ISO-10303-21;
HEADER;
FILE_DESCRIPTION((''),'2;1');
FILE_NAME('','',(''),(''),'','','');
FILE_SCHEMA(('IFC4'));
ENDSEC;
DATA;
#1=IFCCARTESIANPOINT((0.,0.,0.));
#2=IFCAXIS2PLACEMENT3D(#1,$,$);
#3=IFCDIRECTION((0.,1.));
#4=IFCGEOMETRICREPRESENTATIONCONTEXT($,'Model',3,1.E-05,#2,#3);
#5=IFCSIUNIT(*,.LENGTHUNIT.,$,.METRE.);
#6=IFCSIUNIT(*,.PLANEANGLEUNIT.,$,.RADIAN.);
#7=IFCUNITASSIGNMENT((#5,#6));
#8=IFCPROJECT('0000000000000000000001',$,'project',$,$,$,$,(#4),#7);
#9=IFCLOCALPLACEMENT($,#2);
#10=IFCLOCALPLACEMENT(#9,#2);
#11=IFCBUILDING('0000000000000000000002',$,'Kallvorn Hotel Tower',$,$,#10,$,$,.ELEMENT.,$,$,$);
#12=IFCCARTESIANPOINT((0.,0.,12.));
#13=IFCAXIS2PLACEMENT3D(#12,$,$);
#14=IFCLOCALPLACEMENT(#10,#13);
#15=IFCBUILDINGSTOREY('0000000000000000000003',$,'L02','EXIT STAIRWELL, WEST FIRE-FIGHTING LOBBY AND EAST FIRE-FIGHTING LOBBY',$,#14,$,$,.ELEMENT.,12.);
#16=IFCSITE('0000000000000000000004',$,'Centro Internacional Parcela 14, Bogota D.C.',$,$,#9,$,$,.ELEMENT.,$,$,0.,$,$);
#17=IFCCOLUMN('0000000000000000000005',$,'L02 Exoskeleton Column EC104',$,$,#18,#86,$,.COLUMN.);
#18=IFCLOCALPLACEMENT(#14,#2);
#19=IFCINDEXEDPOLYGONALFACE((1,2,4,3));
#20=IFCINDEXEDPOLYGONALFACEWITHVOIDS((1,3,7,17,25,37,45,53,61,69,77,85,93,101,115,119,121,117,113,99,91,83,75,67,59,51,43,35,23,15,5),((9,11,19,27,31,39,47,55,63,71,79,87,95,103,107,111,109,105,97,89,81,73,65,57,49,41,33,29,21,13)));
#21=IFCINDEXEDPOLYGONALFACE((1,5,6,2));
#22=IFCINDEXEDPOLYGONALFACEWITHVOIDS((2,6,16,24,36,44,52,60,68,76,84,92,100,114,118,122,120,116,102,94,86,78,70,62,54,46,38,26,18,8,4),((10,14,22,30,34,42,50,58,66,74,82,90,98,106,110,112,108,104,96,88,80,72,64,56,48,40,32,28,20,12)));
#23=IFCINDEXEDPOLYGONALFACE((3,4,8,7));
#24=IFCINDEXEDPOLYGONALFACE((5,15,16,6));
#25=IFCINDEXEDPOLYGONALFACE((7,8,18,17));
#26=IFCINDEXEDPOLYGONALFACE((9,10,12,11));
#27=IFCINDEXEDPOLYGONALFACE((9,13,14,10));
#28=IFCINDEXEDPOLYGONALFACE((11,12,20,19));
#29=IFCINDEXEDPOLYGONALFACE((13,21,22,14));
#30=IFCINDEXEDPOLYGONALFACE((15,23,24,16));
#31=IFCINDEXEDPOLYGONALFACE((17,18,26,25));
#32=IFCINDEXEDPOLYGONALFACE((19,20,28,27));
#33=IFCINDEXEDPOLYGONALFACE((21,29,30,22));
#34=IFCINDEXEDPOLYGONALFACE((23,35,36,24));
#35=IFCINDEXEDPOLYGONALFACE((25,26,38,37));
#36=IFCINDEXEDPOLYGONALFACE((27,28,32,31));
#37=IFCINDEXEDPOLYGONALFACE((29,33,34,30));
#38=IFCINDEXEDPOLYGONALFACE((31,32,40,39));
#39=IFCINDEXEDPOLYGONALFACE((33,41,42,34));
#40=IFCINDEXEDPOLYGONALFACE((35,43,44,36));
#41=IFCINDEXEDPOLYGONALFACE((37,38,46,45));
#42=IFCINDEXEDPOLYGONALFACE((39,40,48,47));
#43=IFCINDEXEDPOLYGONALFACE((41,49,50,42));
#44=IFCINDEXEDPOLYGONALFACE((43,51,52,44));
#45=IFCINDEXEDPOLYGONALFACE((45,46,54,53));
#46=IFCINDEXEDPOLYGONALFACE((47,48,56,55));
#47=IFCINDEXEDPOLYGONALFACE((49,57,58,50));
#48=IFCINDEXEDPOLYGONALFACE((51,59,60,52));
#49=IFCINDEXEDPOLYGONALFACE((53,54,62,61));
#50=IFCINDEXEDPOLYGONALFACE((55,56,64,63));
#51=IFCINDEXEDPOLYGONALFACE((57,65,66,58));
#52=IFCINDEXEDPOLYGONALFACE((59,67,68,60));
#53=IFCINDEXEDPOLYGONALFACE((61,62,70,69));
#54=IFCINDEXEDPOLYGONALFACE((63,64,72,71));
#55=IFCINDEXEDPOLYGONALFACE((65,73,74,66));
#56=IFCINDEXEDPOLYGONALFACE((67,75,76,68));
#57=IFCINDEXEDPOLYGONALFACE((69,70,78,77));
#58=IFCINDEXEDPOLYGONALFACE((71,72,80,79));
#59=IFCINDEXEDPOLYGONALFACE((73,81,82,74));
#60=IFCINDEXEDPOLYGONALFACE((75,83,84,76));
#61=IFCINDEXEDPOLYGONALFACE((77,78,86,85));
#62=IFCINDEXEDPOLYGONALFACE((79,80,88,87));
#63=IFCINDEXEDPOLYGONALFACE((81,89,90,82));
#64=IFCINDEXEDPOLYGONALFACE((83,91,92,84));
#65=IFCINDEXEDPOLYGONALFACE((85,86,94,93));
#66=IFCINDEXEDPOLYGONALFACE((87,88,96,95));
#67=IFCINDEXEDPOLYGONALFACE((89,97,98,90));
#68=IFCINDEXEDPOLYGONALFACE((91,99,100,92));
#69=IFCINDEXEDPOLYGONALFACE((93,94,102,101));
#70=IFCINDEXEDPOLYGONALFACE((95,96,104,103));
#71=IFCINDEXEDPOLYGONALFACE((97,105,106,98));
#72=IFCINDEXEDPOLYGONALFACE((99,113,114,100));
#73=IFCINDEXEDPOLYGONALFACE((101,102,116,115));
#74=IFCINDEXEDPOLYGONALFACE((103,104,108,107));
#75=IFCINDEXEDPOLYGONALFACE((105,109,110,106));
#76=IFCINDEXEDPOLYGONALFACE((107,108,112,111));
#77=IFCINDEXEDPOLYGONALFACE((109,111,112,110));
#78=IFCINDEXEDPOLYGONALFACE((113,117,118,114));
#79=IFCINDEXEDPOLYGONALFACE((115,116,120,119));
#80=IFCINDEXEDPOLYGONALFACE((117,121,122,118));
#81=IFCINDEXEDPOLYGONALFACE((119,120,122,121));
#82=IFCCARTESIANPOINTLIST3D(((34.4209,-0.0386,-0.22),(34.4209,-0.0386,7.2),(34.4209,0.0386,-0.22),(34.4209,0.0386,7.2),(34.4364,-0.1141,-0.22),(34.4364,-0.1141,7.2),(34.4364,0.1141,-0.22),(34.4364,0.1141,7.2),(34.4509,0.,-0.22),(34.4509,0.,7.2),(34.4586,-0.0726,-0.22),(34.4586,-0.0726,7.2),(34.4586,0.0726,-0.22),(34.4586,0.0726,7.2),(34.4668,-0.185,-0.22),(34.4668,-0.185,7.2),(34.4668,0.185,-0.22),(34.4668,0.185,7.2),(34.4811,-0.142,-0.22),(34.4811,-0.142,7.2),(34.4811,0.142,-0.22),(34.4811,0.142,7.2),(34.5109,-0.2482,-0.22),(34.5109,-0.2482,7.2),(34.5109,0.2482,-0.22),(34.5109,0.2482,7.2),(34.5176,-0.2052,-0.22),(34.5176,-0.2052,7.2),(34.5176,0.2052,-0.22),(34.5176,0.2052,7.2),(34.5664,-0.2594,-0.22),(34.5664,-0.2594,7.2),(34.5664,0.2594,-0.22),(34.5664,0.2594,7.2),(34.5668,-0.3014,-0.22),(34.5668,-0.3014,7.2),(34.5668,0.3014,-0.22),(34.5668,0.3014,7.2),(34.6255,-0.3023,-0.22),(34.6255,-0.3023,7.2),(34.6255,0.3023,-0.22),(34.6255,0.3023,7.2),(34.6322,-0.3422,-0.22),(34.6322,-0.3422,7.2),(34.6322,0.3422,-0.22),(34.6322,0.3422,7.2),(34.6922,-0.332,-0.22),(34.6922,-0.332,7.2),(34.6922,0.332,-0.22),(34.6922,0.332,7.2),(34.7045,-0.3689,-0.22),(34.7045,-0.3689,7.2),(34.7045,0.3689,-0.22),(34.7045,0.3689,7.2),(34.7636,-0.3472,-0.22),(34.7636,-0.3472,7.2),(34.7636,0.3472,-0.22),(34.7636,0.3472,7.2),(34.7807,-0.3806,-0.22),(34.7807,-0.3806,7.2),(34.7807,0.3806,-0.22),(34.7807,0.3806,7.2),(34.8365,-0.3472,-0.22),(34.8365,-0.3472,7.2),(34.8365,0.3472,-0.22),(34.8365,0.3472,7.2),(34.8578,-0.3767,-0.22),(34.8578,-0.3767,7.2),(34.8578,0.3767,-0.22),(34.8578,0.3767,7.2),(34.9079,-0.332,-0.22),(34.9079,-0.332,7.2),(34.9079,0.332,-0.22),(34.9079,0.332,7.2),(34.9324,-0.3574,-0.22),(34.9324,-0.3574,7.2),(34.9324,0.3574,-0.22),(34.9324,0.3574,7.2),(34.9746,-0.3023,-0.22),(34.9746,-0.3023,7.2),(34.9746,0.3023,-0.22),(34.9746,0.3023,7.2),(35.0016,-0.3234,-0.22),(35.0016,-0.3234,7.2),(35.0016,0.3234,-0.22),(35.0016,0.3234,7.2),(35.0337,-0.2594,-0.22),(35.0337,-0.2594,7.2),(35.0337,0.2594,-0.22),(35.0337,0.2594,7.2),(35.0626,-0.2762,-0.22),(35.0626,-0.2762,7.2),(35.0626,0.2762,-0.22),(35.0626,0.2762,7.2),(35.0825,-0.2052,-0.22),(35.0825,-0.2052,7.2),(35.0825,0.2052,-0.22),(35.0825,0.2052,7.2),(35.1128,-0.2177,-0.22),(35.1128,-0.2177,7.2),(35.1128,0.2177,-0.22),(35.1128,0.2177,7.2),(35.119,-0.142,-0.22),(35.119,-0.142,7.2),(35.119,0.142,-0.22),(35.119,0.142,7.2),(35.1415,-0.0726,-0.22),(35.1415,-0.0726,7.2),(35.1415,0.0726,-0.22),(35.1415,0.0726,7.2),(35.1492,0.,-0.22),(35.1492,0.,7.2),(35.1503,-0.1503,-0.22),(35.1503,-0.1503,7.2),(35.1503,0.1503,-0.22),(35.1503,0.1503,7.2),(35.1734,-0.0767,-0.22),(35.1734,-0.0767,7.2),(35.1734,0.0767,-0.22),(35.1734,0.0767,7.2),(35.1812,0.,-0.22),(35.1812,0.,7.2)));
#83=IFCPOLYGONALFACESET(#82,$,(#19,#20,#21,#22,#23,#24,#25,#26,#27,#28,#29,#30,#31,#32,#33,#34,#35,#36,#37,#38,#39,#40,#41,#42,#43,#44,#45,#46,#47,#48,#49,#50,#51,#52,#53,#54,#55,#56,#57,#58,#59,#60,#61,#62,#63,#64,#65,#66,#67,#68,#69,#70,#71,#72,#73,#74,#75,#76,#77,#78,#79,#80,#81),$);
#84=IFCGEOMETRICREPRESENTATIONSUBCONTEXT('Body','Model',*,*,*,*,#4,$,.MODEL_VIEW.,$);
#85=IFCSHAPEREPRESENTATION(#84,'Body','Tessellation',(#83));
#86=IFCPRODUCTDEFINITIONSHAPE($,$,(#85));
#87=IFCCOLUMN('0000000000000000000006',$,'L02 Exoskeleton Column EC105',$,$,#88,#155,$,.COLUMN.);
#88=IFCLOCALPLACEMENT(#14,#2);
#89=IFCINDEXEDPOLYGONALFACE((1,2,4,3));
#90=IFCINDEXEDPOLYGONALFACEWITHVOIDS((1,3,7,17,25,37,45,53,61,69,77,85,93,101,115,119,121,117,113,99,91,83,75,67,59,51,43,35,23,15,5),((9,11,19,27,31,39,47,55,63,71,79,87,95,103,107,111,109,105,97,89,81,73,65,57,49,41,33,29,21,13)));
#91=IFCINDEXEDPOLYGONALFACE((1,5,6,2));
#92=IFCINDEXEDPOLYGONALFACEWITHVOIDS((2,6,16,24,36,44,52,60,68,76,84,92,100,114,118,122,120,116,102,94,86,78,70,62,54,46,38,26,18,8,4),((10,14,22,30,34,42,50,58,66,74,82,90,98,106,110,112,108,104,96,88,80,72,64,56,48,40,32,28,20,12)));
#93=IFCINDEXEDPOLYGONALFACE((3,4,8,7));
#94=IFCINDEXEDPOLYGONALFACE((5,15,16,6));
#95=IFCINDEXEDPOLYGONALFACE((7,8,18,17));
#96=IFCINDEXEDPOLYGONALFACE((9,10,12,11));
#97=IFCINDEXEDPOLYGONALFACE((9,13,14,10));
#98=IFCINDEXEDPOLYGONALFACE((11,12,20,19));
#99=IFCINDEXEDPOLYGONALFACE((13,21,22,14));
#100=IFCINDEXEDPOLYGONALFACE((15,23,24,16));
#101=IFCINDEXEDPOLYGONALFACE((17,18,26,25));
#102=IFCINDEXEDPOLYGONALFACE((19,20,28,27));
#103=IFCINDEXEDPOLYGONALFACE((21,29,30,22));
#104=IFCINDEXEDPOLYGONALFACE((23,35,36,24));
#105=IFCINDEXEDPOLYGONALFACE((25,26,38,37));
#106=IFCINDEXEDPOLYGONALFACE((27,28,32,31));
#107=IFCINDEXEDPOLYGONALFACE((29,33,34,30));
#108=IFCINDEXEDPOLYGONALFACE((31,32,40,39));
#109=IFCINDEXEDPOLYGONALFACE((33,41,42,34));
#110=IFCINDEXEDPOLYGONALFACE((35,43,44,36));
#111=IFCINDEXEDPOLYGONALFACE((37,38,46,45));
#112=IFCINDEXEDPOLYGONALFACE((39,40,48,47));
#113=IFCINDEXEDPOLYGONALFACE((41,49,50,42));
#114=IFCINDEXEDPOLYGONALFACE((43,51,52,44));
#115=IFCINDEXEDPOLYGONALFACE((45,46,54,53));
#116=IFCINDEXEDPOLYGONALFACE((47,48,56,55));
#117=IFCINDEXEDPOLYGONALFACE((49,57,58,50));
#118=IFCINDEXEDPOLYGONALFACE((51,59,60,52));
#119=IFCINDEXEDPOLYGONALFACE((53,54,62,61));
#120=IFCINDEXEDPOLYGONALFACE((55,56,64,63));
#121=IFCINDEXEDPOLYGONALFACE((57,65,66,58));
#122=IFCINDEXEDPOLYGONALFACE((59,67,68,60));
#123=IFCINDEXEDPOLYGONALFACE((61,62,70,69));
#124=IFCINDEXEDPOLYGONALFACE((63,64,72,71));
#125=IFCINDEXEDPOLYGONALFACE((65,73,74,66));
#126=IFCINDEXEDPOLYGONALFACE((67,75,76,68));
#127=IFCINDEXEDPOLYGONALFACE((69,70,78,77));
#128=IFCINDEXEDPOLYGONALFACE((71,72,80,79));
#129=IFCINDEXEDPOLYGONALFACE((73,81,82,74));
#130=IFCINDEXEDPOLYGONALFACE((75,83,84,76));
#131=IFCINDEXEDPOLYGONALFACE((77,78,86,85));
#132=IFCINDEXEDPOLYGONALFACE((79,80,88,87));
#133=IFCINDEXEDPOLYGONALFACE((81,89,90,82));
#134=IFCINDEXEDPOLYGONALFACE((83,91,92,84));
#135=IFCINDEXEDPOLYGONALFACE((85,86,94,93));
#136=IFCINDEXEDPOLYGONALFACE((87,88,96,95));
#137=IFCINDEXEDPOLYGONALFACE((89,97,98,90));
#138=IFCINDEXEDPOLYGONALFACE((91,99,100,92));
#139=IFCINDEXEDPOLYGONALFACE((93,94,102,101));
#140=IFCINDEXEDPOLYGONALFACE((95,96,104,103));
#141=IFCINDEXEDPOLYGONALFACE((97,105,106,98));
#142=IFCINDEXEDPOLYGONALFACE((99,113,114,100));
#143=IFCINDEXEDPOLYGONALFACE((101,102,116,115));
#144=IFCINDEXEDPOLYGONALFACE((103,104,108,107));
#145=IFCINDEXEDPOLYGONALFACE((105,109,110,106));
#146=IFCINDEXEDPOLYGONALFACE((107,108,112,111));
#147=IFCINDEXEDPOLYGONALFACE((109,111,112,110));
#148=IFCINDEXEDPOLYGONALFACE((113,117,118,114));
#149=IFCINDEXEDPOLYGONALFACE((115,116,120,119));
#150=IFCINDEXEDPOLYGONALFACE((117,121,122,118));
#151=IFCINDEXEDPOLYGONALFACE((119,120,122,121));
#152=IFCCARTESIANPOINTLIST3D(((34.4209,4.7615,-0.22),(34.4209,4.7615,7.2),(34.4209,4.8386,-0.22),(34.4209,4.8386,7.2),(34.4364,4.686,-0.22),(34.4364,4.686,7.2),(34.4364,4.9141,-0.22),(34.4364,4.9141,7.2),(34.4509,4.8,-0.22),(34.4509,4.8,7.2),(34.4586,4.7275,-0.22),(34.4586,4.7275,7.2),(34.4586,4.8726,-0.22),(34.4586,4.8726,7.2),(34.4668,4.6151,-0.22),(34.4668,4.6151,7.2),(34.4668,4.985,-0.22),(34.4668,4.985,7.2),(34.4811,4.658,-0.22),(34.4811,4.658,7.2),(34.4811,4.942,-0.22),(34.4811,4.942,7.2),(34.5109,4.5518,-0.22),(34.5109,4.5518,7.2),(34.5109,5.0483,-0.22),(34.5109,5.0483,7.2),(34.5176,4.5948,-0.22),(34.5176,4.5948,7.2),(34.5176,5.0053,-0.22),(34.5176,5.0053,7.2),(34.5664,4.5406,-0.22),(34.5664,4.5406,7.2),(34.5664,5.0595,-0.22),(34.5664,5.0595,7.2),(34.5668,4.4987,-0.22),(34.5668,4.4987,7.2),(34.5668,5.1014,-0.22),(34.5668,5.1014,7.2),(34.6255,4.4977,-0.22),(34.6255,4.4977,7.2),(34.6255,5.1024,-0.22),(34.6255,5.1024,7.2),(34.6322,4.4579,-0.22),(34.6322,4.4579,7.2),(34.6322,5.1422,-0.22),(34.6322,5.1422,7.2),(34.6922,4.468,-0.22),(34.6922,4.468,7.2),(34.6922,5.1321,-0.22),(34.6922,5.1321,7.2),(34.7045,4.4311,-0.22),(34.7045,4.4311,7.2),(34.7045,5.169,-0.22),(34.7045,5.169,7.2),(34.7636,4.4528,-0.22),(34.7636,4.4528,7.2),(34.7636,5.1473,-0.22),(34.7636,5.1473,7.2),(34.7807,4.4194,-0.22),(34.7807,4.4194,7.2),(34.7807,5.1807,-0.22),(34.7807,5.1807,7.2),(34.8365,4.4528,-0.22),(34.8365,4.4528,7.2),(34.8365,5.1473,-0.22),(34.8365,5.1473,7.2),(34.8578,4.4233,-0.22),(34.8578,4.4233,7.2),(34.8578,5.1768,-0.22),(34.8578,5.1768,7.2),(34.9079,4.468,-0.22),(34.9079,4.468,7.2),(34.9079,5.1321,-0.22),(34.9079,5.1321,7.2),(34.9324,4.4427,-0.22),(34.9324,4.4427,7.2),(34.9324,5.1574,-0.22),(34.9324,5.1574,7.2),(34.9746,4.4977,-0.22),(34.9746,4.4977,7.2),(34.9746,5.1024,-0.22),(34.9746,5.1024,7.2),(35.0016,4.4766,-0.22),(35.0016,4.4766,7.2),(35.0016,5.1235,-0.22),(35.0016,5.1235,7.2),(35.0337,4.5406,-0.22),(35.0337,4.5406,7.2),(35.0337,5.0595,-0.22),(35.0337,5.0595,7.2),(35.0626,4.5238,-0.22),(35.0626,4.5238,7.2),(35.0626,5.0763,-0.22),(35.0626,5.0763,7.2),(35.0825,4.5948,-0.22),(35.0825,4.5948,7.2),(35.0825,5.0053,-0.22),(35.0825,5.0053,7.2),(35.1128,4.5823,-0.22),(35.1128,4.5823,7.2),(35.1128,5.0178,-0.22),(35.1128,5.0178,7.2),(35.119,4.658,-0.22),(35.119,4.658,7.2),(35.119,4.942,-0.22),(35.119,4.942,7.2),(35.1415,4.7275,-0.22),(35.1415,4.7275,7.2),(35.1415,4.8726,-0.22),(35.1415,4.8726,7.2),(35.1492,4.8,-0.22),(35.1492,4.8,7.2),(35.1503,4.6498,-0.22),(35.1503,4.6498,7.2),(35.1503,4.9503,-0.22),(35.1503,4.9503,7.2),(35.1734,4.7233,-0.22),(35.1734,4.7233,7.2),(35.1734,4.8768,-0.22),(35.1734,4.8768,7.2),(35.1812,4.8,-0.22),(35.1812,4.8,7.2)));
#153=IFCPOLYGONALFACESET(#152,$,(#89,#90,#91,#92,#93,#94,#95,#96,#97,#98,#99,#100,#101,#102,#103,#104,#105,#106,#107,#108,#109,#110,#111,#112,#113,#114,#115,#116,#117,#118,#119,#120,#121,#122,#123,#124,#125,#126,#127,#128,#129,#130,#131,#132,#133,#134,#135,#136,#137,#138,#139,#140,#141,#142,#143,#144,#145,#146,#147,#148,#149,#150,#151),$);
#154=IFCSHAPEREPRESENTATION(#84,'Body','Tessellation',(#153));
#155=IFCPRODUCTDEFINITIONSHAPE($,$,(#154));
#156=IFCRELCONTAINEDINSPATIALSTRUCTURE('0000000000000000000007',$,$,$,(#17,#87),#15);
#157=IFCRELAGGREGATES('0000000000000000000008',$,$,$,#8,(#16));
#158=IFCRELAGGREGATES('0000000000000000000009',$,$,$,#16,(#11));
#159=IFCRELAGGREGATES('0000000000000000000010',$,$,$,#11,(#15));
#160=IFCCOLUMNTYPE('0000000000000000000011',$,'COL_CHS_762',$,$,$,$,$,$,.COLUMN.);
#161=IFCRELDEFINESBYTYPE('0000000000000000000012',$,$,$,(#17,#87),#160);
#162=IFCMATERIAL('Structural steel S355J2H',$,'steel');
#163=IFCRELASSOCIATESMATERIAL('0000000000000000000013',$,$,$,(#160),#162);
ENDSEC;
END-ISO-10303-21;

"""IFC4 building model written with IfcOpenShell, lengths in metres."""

from ifc_helpers import new_model, si_unit, direction, frame, origin, origin_2d, place, context, subcontext, project, spatial, hollow_circle, extrude, material, material_profile, profile_set, type_object, element, save


model = new_model("IFC4")

# Units and contexts
model_context = context("Model", 3, precision=1e-05, world=origin(), true_north=direction((0.0, 1.0)))
body_context = subcontext(model_context, "Body", "Model", "MODEL_VIEW")
ifc_project = project(units=[si_unit("LENGTHUNIT", "METRE"), si_unit("PLANEANGLEUNIT", "RADIAN")], contexts=[model_context])

# Site, building, storey
site_placement = place(None, origin())
site = spatial("IfcSite", under=ifc_project, at=site_placement, Name="Centro Internacional Parcela 14, Bogota D.C.", CompositionType="ELEMENT", RefElevation=0.0)
building_placement = place(site_placement, origin())
building = spatial("IfcBuilding", under=site, at=building_placement, Name="Kallvorn Hotel Tower", CompositionType="ELEMENT")
storey_placement = place(building_placement, frame((0.0, 0.0, 12.0)))
storey = spatial("IfcBuildingStorey", under=building, at=storey_placement, Name="L02", Description="EXIT STAIRWELL, WEST FIRE-FIGHTING LOBBY AND EAST FIRE-FIGHTING LOBBY", CompositionType="ELEMENT", Elevation=12.0)

# Columns
ifc_material_1 = material(Name="Structural steel S355J2H", Category="steel")
ifc_material_profile_1 = material_profile(ifc_material_1, hollow_circle(Radius=0.3811, WallThickness=0.032, at=origin_2d()), Name="CHS 762x32")
ifc_profile_set_1 = profile_set([ifc_material_profile_1], Name="Structural steel S355J2H")
column_type_1 = type_object("IfcColumnType", Name="COL_CHS_762", PredefinedType="COLUMN", material=ifc_profile_set_1)
for number, where, z_axis, x_axis, name in (
    (1, (34.8, 0.0, -0.22), (0.0, 0.0, 1.0), (1.0, 0.0, 0.0), "L02 Exoskeleton Column EC104"),
    (2, (34.8, 4.8, -0.22), (0.0, 0.0, 1.0), (1.0, 0.0, 0.0), "L02 Exoskeleton Column EC105"),
):
    element("IfcColumn", number, at=place(storey_placement, frame(where, z_axis=z_axis, x_axis=x_axis)), inside=storey, type_object=column_type_1, Name=name, PredefinedType="COLUMN", context=body_context, shape_type="SweptSolid", body=[
        extrude(hollow_circle(Radius=0.3811, WallThickness=0.032, at=origin_2d()), origin(), (0.0, 0.0, 1.0), 7.4199),
    ])

save(model, "model.ifc")
